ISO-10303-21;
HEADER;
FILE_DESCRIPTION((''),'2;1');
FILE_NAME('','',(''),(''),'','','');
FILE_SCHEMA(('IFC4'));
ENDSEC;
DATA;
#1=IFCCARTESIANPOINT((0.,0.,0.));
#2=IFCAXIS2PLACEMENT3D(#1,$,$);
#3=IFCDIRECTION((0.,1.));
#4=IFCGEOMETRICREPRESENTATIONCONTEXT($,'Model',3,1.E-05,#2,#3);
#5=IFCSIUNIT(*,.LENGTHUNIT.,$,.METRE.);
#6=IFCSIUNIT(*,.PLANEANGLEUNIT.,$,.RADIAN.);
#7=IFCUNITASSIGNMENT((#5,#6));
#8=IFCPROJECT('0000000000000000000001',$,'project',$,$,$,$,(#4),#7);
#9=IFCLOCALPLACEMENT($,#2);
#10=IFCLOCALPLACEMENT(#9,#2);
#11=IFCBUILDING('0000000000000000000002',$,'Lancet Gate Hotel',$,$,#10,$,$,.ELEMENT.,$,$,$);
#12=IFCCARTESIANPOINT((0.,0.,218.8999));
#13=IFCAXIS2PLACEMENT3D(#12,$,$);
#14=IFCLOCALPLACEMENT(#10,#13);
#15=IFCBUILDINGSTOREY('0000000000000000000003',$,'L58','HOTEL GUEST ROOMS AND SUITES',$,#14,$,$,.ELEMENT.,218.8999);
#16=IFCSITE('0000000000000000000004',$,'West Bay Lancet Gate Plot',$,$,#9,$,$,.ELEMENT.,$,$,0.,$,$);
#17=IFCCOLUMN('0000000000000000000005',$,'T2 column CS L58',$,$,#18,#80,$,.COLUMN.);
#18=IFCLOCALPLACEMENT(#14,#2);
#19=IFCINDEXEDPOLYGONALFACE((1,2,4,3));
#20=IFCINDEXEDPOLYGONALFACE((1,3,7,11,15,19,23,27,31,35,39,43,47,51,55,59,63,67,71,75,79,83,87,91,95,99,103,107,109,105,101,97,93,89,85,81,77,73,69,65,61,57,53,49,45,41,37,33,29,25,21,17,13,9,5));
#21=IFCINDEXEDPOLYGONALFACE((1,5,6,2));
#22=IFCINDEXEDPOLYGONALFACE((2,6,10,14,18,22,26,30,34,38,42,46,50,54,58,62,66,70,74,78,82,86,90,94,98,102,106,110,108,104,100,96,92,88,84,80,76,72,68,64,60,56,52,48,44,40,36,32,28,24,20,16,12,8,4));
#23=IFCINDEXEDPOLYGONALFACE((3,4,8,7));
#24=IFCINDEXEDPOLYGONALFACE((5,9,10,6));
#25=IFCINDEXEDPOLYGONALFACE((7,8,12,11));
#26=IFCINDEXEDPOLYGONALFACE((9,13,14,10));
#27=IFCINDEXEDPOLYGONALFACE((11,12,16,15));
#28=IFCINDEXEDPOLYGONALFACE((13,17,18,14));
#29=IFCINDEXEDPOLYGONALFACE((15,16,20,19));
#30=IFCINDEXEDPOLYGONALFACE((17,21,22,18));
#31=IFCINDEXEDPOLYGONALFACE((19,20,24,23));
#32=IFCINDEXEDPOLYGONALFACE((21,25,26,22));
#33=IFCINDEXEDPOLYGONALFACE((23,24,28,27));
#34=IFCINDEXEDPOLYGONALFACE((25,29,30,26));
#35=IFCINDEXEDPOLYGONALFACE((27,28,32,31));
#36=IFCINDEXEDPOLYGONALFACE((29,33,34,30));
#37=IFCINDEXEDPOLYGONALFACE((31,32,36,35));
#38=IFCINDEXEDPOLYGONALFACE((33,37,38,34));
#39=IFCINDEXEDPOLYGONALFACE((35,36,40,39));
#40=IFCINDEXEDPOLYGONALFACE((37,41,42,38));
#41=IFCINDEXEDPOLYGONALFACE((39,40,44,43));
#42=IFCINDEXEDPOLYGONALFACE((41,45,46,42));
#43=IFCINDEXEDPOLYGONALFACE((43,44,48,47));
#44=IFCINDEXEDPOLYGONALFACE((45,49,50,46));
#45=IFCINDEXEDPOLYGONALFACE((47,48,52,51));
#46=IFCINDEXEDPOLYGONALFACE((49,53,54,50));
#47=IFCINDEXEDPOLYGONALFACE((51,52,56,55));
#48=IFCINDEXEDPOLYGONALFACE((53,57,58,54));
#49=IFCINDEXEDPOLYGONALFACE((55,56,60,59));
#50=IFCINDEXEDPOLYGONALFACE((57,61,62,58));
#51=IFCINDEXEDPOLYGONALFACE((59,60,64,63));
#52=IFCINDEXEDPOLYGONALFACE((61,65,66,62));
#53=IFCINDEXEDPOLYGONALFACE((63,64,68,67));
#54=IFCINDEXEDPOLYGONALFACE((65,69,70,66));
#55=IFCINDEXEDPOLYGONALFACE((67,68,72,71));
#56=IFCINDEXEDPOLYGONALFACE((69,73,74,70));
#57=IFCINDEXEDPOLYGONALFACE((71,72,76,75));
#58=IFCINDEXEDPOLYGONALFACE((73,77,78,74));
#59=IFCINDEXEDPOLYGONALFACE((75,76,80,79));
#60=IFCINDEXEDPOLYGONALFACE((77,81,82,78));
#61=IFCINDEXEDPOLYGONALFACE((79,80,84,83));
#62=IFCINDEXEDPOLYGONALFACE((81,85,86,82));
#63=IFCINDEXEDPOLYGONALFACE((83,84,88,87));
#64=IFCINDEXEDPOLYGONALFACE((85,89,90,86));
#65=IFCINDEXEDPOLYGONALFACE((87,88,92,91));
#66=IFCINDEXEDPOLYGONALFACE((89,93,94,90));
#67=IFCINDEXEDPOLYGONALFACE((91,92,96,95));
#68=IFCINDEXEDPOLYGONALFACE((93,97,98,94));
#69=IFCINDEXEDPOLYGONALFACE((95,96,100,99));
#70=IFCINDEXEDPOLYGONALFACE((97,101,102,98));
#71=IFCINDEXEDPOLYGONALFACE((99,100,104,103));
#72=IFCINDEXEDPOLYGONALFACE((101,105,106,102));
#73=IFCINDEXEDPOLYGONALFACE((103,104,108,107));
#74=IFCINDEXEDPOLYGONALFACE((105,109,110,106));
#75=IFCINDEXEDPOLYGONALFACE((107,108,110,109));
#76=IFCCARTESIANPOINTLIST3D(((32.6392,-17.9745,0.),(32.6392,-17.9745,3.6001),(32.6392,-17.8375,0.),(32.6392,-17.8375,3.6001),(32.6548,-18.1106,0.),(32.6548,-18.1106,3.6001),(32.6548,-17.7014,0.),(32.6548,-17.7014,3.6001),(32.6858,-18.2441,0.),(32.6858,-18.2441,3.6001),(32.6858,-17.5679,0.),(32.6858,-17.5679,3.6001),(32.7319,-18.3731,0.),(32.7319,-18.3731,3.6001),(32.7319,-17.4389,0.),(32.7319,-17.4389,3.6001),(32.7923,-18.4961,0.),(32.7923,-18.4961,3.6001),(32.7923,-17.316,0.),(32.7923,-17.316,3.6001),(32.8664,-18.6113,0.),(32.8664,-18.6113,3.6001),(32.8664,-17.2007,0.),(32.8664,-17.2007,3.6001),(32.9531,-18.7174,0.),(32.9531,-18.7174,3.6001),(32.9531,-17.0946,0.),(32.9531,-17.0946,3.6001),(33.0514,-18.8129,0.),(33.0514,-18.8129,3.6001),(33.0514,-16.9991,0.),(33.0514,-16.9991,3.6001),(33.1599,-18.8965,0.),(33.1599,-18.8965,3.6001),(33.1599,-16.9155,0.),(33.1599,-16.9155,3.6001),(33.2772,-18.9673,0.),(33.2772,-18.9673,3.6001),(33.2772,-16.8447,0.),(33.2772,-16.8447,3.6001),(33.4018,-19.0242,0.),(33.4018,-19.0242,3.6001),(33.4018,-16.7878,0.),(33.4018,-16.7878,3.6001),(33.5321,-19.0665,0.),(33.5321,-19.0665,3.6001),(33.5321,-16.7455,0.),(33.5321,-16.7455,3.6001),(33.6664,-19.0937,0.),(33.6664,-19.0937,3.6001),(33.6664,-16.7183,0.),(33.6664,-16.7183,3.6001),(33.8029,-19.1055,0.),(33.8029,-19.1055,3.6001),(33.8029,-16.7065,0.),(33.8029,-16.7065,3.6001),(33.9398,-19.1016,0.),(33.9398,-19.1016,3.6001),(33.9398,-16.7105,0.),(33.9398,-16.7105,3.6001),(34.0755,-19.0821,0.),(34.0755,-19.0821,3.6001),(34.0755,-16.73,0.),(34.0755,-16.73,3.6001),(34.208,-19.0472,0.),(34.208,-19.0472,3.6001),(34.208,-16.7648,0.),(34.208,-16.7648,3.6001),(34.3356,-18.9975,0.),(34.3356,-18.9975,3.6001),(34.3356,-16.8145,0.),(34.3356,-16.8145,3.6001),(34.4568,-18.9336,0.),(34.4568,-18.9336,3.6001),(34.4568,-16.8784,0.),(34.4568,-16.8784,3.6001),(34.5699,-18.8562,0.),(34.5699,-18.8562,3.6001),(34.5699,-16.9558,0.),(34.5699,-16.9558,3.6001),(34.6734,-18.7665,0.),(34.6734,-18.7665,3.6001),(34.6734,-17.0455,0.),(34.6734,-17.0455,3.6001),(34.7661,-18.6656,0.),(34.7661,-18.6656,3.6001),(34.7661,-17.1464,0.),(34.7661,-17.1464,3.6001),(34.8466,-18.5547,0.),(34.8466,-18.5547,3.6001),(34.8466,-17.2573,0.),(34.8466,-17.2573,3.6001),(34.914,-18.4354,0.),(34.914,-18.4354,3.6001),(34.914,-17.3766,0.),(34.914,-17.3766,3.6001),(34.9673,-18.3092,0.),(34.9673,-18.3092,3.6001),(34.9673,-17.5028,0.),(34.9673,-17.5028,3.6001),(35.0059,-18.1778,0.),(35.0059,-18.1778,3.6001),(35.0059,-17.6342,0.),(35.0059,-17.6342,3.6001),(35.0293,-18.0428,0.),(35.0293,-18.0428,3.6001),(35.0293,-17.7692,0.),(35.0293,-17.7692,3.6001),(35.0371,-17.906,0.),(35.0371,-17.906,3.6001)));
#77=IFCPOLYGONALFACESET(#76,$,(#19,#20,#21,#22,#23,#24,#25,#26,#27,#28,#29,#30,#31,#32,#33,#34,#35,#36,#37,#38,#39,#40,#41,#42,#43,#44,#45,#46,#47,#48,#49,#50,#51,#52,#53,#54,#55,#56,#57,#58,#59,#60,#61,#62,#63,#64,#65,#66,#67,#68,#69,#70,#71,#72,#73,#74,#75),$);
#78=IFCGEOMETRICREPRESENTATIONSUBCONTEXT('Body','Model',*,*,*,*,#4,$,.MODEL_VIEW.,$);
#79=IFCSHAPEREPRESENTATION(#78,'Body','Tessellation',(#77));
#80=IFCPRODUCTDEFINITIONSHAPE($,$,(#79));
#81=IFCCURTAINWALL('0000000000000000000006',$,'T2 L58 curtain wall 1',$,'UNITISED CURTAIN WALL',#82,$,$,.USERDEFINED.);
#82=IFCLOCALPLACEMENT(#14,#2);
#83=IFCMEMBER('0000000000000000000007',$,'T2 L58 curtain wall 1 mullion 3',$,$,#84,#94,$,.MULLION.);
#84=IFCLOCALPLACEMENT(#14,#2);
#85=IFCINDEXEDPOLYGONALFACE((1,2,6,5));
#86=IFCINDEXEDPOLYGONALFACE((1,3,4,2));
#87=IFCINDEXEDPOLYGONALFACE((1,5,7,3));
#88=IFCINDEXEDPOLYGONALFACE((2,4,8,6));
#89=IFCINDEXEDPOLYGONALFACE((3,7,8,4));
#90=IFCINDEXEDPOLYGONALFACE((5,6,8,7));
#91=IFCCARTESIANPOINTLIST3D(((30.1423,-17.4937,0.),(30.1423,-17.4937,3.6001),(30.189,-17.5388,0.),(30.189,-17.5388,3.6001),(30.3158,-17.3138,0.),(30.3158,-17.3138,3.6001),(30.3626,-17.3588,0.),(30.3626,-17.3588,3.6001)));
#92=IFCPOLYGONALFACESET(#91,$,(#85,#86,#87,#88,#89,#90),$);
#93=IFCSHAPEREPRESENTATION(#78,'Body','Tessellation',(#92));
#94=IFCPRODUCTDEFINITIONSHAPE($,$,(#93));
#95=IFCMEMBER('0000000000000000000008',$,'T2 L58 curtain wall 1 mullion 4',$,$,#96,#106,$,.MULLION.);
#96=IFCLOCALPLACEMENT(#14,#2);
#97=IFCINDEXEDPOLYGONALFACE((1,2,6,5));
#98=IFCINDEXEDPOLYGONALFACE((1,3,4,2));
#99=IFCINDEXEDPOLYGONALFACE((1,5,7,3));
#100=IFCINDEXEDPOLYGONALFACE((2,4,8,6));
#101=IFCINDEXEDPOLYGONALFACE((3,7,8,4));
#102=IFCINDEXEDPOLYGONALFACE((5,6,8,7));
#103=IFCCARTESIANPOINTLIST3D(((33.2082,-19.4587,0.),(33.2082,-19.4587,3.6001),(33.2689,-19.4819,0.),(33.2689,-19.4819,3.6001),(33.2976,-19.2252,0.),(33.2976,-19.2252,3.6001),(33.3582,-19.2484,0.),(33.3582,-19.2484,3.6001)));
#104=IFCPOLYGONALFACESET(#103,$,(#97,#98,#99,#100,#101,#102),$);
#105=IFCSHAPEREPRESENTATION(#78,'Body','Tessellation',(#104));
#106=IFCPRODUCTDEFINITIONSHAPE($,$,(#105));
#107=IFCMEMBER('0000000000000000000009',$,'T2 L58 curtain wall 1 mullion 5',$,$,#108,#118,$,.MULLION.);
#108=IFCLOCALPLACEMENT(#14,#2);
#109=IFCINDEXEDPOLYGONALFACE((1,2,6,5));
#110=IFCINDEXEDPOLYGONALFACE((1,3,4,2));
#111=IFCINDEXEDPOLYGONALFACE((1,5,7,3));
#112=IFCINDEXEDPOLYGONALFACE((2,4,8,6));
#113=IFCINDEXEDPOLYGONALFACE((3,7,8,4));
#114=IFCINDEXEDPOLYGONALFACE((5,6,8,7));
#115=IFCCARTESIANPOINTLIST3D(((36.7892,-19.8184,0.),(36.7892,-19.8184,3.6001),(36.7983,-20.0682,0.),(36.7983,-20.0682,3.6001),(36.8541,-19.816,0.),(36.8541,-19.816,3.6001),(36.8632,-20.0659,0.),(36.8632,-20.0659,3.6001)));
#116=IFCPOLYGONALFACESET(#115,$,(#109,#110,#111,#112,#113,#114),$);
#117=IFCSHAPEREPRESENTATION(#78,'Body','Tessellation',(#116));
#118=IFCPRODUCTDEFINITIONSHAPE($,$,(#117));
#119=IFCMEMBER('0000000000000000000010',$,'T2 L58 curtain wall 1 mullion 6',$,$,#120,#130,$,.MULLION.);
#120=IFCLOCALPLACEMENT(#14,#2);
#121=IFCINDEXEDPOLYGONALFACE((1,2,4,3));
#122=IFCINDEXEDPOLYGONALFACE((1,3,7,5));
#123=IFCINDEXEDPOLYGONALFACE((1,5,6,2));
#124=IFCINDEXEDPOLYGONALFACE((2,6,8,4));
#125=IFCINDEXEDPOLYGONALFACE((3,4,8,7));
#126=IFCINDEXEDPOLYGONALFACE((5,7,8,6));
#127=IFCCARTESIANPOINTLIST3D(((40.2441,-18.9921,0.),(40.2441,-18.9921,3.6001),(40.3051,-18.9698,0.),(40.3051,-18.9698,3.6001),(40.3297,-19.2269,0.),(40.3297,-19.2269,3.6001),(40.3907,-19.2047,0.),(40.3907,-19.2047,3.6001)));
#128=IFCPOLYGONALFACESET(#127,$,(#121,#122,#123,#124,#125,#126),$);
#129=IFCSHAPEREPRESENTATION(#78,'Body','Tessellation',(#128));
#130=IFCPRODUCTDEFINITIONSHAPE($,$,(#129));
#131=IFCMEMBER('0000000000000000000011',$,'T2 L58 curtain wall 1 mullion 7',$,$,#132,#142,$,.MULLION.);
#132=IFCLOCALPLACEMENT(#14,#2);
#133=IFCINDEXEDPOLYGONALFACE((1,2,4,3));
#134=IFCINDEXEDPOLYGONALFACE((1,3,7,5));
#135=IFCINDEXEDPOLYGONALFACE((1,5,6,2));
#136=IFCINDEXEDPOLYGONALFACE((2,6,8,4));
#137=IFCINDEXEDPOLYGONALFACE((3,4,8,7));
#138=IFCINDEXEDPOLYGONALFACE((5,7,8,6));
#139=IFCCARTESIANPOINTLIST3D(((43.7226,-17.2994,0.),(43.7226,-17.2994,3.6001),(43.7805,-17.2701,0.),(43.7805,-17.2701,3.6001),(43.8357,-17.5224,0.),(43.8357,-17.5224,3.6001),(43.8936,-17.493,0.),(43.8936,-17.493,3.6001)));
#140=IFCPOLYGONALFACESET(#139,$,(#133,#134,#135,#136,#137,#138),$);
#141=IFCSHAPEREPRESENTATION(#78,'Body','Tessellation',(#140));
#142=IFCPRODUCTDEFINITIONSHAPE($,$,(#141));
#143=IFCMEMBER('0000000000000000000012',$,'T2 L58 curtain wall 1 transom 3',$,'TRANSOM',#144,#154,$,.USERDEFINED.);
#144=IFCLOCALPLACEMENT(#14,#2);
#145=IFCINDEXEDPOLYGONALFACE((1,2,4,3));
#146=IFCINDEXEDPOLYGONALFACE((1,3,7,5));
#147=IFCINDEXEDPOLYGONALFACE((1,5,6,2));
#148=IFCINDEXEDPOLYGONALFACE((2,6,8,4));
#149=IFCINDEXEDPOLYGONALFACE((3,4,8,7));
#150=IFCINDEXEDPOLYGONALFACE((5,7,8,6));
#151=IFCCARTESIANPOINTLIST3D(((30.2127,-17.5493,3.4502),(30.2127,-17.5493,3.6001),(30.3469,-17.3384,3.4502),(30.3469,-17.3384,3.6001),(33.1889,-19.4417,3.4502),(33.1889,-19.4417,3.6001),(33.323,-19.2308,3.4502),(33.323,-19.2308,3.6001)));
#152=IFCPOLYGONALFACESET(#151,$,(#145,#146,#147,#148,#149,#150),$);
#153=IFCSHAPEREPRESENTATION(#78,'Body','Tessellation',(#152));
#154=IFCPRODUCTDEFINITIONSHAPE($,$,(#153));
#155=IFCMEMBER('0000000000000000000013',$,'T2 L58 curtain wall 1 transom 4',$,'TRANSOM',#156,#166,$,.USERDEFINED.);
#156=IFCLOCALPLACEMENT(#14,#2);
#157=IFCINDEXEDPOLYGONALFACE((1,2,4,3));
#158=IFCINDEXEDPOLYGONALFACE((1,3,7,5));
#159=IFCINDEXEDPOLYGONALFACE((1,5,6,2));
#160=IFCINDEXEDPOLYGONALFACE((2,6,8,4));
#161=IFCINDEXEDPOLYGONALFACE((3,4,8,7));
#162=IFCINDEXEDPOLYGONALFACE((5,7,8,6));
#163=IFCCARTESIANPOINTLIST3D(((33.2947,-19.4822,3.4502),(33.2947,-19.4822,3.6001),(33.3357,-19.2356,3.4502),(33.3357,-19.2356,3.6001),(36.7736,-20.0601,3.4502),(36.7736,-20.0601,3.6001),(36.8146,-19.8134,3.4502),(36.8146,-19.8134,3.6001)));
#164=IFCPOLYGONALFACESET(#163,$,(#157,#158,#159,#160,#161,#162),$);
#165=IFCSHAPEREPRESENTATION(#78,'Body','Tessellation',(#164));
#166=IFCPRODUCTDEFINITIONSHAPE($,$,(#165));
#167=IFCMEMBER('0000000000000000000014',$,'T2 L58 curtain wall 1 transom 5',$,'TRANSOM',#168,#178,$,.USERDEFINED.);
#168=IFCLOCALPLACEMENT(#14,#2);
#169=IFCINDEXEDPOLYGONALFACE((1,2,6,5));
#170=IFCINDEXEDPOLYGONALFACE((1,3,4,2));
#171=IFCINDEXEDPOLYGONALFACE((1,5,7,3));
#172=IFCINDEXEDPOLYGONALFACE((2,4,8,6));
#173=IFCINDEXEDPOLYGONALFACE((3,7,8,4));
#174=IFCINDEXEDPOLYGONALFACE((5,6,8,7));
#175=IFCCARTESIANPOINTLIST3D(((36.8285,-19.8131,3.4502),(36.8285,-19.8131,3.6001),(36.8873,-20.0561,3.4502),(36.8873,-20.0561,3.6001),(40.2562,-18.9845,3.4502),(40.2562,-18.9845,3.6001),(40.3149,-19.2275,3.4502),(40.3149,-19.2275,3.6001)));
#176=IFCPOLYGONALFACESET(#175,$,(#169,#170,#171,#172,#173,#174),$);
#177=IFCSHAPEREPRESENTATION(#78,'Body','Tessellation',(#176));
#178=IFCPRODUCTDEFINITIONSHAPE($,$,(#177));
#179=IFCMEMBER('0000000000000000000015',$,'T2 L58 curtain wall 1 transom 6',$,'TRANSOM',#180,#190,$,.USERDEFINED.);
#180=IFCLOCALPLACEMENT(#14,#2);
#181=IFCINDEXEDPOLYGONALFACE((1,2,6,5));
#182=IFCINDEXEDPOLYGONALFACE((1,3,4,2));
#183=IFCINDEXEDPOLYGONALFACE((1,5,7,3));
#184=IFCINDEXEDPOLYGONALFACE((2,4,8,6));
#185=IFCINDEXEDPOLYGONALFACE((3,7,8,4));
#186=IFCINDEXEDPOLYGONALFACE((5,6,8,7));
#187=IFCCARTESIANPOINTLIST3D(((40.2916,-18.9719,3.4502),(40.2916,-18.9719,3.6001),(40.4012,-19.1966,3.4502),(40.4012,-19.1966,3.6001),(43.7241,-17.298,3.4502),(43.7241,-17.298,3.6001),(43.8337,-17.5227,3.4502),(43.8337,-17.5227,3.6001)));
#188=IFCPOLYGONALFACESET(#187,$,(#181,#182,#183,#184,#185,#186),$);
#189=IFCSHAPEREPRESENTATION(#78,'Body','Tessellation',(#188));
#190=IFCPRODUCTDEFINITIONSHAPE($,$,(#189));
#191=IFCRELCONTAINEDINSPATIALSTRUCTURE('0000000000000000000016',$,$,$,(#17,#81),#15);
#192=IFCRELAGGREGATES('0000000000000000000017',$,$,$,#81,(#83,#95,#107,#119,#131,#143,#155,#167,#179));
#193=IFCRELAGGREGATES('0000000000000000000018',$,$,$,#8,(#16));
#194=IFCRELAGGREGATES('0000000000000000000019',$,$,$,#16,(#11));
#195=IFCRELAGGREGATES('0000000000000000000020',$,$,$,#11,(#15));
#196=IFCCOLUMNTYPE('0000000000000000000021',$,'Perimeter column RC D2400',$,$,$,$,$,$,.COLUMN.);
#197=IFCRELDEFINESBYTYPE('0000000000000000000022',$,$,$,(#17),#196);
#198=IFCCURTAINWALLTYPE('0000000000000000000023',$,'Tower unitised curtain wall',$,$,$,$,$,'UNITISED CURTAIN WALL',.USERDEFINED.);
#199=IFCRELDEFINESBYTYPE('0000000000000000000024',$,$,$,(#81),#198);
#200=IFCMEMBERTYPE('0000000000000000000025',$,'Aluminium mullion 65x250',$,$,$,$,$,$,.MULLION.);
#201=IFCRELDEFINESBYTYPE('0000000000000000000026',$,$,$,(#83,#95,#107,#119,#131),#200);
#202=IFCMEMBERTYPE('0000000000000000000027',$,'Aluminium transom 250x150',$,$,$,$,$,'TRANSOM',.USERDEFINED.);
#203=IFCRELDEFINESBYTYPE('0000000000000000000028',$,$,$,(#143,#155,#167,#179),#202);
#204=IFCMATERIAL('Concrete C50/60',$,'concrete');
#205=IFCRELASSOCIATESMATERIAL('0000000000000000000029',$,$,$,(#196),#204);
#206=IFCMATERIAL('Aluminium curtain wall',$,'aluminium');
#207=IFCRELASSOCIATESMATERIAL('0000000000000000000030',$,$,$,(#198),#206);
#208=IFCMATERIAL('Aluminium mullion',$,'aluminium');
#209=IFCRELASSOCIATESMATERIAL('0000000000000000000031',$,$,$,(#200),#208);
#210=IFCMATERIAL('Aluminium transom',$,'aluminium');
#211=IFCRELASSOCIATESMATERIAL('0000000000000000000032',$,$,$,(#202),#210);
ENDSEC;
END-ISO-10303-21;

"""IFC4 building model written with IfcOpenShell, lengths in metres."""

from ifc_helpers import new_model, si_unit, direction, frame, origin, origin_2d, place, context, subcontext, project, spatial, rectangle, circle, extrude, material, material_profile, profile_set, type_object, element, aggregate, save


model = new_model("IFC4")

# Units and contexts
model_context = context("Model", 3, precision=1e-05, world=origin(), true_north=direction((0.0, 1.0)))
body_context = subcontext(model_context, "Body", "Model", "MODEL_VIEW")
ifc_project = project(units=[si_unit("LENGTHUNIT", "METRE"), si_unit("PLANEANGLEUNIT", "RADIAN")], contexts=[model_context])

# Site, building, storey
site_placement = place(None, origin())
site = spatial("IfcSite", under=ifc_project, at=site_placement, Name="West Bay Lancet Gate Plot", CompositionType="ELEMENT", RefElevation=0.0)
building_placement = place(site_placement, origin())
building = spatial("IfcBuilding", under=site, at=building_placement, Name="Lancet Gate Hotel", CompositionType="ELEMENT")
storey_placement = place(building_placement, frame((0.0, 0.0, 218.8999)))
storey = spatial("IfcBuildingStorey", under=building, at=storey_placement, Name="L58", Description="HOTEL GUEST ROOMS AND SUITES", CompositionType="ELEMENT", Elevation=218.8999)

# Column
ifc_material_1 = material(Name="Concrete C50/60", Category="concrete")
ifc_material_profile_1 = material_profile(ifc_material_1, circle(Radius=1.2, at=origin_2d()), Name="RC D2400")
ifc_profile_set_1 = profile_set([ifc_material_profile_1], Name="Concrete C50/60")
column_type = type_object("IfcColumnType", Name="Perimeter column RC D2400", PredefinedType="COLUMN", material=ifc_profile_set_1)
column_placement = place(storey_placement, frame((33.8372, -17.906, 0.0), z_axis=(0.0, 0.0, 1.0), x_axis=(1.0, 0.0, 0.0)))
element("IfcColumn", 1, at=column_placement, inside=storey, type_object=column_type, Name="T2 column CS L58", PredefinedType="COLUMN", context=body_context, shape_type="SweptSolid", body=[
    extrude(circle(Radius=1.2, at=origin_2d()), origin(), (0.0, 0.0, 1.0), 3.6001),
])

# Curtain wall, members
ifc_material_2 = material(Name="Aluminium curtain wall", Category="aluminium")
curtain_wall_type = type_object("IfcCurtainWallType", Name="Tower unitised curtain wall", ElementType="UNITISED CURTAIN WALL", PredefinedType="USERDEFINED", material=ifc_material_2)
curtain_wall_placement = place(storey_placement, origin())
curtain_wall = element("IfcCurtainWall", 2, at=curtain_wall_placement, inside=storey, type_object=curtain_wall_type, Name="T2 L58 curtain wall 1", ObjectType="UNITISED CURTAIN WALL", PredefinedType="USERDEFINED")
ifc_material_3 = material(Name="Aluminium mullion", Category="aluminium")
ifc_material_profile_2 = material_profile(ifc_material_3, rectangle(XDim=0.0649, YDim=0.25, at=origin_2d()), Name="MULLION 65x250")
ifc_profile_set_2 = profile_set([ifc_material_profile_2], Name="Aluminium mullion")
member_type_1 = type_object("IfcMemberType", Name="Aluminium mullion 65x250", PredefinedType="MULLION", material=ifc_profile_set_2)
member_1_placement = place(storey_placement, frame((30.2524, -17.4263, 0.0), z_axis=(0.0, 0.0, 1.0), x_axis=(0.719809, -0.694172, 0.0)))
member_1 = element("IfcMember", 3, at=member_1_placement, type_object=member_type_1, Name="T2 L58 curtain wall 1 mullion 3", PredefinedType="MULLION", context=body_context, shape_type="SweptSolid", body=[
    extrude(rectangle(XDim=0.0649, YDim=0.25, at=origin_2d()), origin(), (0.0, 0.0, 1.0), 3.6001),
])
member_2_placement = place(storey_placement, frame((33.2832, -19.3535, 0.0), z_axis=(0.0, 0.0, 1.0), x_axis=(0.933943, -0.357421, 0.0)))
member_2 = element("IfcMember", 4, at=member_2_placement, type_object=member_type_1, Name="T2 L58 curtain wall 1 mullion 4", PredefinedType="MULLION", context=body_context, shape_type="SweptSolid", body=[
    extrude(rectangle(XDim=0.0649, YDim=0.25, at=origin_2d()), origin(), (0.0, 0.0, 1.0), 3.6001),
])
member_3_placement = place(storey_placement, frame((36.8262, -19.9421, 0.0), z_axis=(0.0, 0.0, 1.0), x_axis=(0.999343, 0.03625, 0.0)))
member_3 = element("IfcMember", 5, at=member_3_placement, type_object=member_type_1, Name="T2 L58 curtain wall 1 mullion 5", PredefinedType="MULLION", context=body_context, shape_type="SweptSolid", body=[
    extrude(rectangle(XDim=0.0649, YDim=0.25, at=origin_2d()), origin(), (0.0, 0.0, 1.0), 3.6001),
])
member_4_placement = place(storey_placement, frame((40.3174, -19.0984, 0.0), z_axis=(0.0, 0.0, 1.0), x_axis=(0.939484, 0.342593, 0.0)))
member_4 = element("IfcMember", 6, at=member_4_placement, type_object=member_type_1, Name="T2 L58 curtain wall 1 mullion 6", PredefinedType="MULLION", context=body_context, shape_type="SweptSolid", body=[
    extrude(rectangle(XDim=0.0649, YDim=0.25, at=origin_2d()), origin(), (0.0, 0.0, 1.0), 3.6001),
])
member_5_placement = place(storey_placement, frame((43.8081, -17.3962, 0.0), z_axis=(0.0, 0.0, 1.0), x_axis=(0.891833, 0.452365, 0.0)))
member_5 = element("IfcMember", 7, at=member_5_placement, type_object=member_type_1, Name="T2 L58 curtain wall 1 mullion 7", PredefinedType="MULLION", context=body_context, shape_type="SweptSolid", body=[
    extrude(rectangle(XDim=0.0649, YDim=0.25, at=origin_2d()), origin(), (0.0, 0.0, 1.0), 3.6001),
])
ifc_material_4 = material(Name="Aluminium transom", Category="aluminium")
ifc_material_profile_3 = material_profile(ifc_material_4, rectangle(XDim=0.25, YDim=0.1499, at=origin_2d()), Name="TRANSOM 250x150")
ifc_profile_set_3 = profile_set([ifc_material_profile_3], Name="Aluminium transom")
member_type_2 = type_object("IfcMemberType", Name="Aluminium transom 250x150", ElementType="TRANSOM", PredefinedType="USERDEFINED", material=ifc_profile_set_3)
member_6_placement = place(storey_placement, frame((30.2798, -17.4438, 3.5251), z_axis=(0.843858, -0.536566, 0.0), x_axis=(0.536566, 0.843858, 0.0)))
member_6 = element("IfcMember", 8, at=member_6_placement, type_object=member_type_2, Name="T2 L58 curtain wall 1 transom 3", ObjectType="TRANSOM", PredefinedType="USERDEFINED", context=body_context, shape_type="SweptSolid", body=[
    extrude(rectangle(XDim=0.25, YDim=0.1499, at=origin_2d()), origin(), (0.0, 0.0, 1.0), 3.5269),
])
member_7_placement = place(storey_placement, frame((33.3152, -19.3589, 3.5251), z_axis=(0.986484, -0.16386, 0.0), x_axis=(0.16386, 0.986484, 0.0)))
member_7 = element("IfcMember", 9, at=member_7_placement, type_object=member_type_2, Name="T2 L58 curtain wall 1 transom 4", ObjectType="TRANSOM", PredefinedType="USERDEFINED", context=body_context, shape_type="SweptSolid", body=[
    extrude(rectangle(XDim=0.25, YDim=0.1499, at=origin_2d()), origin(), (0.0, 0.0, 1.0), 3.5266),
])
member_8_placement = place(storey_placement, frame((36.8579, -19.9346, 3.5251), z_axis=(0.972003, 0.23497, 0.0), x_axis=(-0.23497, 0.972003, 0.0)))
member_8 = element("IfcMember", 10, at=member_8_placement, type_object=member_type_2, Name="T2 L58 curtain wall 1 transom 5", ObjectType="TRANSOM", PredefinedType="USERDEFINED", context=body_context, shape_type="SweptSolid", body=[
    extrude(rectangle(XDim=0.25, YDim=0.1499, at=origin_2d()), origin(), (0.0, 0.0, 1.0), 3.5264),
])
member_9_placement = place(storey_placement, frame((40.3464, -19.0842, 3.5251), z_axis=(0.89882, 0.438318, 0.0), x_axis=(-0.438318, 0.89882, 0.0)))
member_9 = element("IfcMember", 11, at=member_9_placement, type_object=member_type_2, Name="T2 L58 curtain wall 1 transom 6", ObjectType="TRANSOM", PredefinedType="USERDEFINED", context=body_context, shape_type="SweptSolid", body=[
    extrude(rectangle(XDim=0.25, YDim=0.1499, at=origin_2d()), origin(), (0.0, 0.0, 1.0), 3.8188),
])

aggregate(curtain_wall, [member_1, member_2, member_3, member_4, member_5, member_6, member_7, member_8, member_9])

save(model, "model.ifc")
